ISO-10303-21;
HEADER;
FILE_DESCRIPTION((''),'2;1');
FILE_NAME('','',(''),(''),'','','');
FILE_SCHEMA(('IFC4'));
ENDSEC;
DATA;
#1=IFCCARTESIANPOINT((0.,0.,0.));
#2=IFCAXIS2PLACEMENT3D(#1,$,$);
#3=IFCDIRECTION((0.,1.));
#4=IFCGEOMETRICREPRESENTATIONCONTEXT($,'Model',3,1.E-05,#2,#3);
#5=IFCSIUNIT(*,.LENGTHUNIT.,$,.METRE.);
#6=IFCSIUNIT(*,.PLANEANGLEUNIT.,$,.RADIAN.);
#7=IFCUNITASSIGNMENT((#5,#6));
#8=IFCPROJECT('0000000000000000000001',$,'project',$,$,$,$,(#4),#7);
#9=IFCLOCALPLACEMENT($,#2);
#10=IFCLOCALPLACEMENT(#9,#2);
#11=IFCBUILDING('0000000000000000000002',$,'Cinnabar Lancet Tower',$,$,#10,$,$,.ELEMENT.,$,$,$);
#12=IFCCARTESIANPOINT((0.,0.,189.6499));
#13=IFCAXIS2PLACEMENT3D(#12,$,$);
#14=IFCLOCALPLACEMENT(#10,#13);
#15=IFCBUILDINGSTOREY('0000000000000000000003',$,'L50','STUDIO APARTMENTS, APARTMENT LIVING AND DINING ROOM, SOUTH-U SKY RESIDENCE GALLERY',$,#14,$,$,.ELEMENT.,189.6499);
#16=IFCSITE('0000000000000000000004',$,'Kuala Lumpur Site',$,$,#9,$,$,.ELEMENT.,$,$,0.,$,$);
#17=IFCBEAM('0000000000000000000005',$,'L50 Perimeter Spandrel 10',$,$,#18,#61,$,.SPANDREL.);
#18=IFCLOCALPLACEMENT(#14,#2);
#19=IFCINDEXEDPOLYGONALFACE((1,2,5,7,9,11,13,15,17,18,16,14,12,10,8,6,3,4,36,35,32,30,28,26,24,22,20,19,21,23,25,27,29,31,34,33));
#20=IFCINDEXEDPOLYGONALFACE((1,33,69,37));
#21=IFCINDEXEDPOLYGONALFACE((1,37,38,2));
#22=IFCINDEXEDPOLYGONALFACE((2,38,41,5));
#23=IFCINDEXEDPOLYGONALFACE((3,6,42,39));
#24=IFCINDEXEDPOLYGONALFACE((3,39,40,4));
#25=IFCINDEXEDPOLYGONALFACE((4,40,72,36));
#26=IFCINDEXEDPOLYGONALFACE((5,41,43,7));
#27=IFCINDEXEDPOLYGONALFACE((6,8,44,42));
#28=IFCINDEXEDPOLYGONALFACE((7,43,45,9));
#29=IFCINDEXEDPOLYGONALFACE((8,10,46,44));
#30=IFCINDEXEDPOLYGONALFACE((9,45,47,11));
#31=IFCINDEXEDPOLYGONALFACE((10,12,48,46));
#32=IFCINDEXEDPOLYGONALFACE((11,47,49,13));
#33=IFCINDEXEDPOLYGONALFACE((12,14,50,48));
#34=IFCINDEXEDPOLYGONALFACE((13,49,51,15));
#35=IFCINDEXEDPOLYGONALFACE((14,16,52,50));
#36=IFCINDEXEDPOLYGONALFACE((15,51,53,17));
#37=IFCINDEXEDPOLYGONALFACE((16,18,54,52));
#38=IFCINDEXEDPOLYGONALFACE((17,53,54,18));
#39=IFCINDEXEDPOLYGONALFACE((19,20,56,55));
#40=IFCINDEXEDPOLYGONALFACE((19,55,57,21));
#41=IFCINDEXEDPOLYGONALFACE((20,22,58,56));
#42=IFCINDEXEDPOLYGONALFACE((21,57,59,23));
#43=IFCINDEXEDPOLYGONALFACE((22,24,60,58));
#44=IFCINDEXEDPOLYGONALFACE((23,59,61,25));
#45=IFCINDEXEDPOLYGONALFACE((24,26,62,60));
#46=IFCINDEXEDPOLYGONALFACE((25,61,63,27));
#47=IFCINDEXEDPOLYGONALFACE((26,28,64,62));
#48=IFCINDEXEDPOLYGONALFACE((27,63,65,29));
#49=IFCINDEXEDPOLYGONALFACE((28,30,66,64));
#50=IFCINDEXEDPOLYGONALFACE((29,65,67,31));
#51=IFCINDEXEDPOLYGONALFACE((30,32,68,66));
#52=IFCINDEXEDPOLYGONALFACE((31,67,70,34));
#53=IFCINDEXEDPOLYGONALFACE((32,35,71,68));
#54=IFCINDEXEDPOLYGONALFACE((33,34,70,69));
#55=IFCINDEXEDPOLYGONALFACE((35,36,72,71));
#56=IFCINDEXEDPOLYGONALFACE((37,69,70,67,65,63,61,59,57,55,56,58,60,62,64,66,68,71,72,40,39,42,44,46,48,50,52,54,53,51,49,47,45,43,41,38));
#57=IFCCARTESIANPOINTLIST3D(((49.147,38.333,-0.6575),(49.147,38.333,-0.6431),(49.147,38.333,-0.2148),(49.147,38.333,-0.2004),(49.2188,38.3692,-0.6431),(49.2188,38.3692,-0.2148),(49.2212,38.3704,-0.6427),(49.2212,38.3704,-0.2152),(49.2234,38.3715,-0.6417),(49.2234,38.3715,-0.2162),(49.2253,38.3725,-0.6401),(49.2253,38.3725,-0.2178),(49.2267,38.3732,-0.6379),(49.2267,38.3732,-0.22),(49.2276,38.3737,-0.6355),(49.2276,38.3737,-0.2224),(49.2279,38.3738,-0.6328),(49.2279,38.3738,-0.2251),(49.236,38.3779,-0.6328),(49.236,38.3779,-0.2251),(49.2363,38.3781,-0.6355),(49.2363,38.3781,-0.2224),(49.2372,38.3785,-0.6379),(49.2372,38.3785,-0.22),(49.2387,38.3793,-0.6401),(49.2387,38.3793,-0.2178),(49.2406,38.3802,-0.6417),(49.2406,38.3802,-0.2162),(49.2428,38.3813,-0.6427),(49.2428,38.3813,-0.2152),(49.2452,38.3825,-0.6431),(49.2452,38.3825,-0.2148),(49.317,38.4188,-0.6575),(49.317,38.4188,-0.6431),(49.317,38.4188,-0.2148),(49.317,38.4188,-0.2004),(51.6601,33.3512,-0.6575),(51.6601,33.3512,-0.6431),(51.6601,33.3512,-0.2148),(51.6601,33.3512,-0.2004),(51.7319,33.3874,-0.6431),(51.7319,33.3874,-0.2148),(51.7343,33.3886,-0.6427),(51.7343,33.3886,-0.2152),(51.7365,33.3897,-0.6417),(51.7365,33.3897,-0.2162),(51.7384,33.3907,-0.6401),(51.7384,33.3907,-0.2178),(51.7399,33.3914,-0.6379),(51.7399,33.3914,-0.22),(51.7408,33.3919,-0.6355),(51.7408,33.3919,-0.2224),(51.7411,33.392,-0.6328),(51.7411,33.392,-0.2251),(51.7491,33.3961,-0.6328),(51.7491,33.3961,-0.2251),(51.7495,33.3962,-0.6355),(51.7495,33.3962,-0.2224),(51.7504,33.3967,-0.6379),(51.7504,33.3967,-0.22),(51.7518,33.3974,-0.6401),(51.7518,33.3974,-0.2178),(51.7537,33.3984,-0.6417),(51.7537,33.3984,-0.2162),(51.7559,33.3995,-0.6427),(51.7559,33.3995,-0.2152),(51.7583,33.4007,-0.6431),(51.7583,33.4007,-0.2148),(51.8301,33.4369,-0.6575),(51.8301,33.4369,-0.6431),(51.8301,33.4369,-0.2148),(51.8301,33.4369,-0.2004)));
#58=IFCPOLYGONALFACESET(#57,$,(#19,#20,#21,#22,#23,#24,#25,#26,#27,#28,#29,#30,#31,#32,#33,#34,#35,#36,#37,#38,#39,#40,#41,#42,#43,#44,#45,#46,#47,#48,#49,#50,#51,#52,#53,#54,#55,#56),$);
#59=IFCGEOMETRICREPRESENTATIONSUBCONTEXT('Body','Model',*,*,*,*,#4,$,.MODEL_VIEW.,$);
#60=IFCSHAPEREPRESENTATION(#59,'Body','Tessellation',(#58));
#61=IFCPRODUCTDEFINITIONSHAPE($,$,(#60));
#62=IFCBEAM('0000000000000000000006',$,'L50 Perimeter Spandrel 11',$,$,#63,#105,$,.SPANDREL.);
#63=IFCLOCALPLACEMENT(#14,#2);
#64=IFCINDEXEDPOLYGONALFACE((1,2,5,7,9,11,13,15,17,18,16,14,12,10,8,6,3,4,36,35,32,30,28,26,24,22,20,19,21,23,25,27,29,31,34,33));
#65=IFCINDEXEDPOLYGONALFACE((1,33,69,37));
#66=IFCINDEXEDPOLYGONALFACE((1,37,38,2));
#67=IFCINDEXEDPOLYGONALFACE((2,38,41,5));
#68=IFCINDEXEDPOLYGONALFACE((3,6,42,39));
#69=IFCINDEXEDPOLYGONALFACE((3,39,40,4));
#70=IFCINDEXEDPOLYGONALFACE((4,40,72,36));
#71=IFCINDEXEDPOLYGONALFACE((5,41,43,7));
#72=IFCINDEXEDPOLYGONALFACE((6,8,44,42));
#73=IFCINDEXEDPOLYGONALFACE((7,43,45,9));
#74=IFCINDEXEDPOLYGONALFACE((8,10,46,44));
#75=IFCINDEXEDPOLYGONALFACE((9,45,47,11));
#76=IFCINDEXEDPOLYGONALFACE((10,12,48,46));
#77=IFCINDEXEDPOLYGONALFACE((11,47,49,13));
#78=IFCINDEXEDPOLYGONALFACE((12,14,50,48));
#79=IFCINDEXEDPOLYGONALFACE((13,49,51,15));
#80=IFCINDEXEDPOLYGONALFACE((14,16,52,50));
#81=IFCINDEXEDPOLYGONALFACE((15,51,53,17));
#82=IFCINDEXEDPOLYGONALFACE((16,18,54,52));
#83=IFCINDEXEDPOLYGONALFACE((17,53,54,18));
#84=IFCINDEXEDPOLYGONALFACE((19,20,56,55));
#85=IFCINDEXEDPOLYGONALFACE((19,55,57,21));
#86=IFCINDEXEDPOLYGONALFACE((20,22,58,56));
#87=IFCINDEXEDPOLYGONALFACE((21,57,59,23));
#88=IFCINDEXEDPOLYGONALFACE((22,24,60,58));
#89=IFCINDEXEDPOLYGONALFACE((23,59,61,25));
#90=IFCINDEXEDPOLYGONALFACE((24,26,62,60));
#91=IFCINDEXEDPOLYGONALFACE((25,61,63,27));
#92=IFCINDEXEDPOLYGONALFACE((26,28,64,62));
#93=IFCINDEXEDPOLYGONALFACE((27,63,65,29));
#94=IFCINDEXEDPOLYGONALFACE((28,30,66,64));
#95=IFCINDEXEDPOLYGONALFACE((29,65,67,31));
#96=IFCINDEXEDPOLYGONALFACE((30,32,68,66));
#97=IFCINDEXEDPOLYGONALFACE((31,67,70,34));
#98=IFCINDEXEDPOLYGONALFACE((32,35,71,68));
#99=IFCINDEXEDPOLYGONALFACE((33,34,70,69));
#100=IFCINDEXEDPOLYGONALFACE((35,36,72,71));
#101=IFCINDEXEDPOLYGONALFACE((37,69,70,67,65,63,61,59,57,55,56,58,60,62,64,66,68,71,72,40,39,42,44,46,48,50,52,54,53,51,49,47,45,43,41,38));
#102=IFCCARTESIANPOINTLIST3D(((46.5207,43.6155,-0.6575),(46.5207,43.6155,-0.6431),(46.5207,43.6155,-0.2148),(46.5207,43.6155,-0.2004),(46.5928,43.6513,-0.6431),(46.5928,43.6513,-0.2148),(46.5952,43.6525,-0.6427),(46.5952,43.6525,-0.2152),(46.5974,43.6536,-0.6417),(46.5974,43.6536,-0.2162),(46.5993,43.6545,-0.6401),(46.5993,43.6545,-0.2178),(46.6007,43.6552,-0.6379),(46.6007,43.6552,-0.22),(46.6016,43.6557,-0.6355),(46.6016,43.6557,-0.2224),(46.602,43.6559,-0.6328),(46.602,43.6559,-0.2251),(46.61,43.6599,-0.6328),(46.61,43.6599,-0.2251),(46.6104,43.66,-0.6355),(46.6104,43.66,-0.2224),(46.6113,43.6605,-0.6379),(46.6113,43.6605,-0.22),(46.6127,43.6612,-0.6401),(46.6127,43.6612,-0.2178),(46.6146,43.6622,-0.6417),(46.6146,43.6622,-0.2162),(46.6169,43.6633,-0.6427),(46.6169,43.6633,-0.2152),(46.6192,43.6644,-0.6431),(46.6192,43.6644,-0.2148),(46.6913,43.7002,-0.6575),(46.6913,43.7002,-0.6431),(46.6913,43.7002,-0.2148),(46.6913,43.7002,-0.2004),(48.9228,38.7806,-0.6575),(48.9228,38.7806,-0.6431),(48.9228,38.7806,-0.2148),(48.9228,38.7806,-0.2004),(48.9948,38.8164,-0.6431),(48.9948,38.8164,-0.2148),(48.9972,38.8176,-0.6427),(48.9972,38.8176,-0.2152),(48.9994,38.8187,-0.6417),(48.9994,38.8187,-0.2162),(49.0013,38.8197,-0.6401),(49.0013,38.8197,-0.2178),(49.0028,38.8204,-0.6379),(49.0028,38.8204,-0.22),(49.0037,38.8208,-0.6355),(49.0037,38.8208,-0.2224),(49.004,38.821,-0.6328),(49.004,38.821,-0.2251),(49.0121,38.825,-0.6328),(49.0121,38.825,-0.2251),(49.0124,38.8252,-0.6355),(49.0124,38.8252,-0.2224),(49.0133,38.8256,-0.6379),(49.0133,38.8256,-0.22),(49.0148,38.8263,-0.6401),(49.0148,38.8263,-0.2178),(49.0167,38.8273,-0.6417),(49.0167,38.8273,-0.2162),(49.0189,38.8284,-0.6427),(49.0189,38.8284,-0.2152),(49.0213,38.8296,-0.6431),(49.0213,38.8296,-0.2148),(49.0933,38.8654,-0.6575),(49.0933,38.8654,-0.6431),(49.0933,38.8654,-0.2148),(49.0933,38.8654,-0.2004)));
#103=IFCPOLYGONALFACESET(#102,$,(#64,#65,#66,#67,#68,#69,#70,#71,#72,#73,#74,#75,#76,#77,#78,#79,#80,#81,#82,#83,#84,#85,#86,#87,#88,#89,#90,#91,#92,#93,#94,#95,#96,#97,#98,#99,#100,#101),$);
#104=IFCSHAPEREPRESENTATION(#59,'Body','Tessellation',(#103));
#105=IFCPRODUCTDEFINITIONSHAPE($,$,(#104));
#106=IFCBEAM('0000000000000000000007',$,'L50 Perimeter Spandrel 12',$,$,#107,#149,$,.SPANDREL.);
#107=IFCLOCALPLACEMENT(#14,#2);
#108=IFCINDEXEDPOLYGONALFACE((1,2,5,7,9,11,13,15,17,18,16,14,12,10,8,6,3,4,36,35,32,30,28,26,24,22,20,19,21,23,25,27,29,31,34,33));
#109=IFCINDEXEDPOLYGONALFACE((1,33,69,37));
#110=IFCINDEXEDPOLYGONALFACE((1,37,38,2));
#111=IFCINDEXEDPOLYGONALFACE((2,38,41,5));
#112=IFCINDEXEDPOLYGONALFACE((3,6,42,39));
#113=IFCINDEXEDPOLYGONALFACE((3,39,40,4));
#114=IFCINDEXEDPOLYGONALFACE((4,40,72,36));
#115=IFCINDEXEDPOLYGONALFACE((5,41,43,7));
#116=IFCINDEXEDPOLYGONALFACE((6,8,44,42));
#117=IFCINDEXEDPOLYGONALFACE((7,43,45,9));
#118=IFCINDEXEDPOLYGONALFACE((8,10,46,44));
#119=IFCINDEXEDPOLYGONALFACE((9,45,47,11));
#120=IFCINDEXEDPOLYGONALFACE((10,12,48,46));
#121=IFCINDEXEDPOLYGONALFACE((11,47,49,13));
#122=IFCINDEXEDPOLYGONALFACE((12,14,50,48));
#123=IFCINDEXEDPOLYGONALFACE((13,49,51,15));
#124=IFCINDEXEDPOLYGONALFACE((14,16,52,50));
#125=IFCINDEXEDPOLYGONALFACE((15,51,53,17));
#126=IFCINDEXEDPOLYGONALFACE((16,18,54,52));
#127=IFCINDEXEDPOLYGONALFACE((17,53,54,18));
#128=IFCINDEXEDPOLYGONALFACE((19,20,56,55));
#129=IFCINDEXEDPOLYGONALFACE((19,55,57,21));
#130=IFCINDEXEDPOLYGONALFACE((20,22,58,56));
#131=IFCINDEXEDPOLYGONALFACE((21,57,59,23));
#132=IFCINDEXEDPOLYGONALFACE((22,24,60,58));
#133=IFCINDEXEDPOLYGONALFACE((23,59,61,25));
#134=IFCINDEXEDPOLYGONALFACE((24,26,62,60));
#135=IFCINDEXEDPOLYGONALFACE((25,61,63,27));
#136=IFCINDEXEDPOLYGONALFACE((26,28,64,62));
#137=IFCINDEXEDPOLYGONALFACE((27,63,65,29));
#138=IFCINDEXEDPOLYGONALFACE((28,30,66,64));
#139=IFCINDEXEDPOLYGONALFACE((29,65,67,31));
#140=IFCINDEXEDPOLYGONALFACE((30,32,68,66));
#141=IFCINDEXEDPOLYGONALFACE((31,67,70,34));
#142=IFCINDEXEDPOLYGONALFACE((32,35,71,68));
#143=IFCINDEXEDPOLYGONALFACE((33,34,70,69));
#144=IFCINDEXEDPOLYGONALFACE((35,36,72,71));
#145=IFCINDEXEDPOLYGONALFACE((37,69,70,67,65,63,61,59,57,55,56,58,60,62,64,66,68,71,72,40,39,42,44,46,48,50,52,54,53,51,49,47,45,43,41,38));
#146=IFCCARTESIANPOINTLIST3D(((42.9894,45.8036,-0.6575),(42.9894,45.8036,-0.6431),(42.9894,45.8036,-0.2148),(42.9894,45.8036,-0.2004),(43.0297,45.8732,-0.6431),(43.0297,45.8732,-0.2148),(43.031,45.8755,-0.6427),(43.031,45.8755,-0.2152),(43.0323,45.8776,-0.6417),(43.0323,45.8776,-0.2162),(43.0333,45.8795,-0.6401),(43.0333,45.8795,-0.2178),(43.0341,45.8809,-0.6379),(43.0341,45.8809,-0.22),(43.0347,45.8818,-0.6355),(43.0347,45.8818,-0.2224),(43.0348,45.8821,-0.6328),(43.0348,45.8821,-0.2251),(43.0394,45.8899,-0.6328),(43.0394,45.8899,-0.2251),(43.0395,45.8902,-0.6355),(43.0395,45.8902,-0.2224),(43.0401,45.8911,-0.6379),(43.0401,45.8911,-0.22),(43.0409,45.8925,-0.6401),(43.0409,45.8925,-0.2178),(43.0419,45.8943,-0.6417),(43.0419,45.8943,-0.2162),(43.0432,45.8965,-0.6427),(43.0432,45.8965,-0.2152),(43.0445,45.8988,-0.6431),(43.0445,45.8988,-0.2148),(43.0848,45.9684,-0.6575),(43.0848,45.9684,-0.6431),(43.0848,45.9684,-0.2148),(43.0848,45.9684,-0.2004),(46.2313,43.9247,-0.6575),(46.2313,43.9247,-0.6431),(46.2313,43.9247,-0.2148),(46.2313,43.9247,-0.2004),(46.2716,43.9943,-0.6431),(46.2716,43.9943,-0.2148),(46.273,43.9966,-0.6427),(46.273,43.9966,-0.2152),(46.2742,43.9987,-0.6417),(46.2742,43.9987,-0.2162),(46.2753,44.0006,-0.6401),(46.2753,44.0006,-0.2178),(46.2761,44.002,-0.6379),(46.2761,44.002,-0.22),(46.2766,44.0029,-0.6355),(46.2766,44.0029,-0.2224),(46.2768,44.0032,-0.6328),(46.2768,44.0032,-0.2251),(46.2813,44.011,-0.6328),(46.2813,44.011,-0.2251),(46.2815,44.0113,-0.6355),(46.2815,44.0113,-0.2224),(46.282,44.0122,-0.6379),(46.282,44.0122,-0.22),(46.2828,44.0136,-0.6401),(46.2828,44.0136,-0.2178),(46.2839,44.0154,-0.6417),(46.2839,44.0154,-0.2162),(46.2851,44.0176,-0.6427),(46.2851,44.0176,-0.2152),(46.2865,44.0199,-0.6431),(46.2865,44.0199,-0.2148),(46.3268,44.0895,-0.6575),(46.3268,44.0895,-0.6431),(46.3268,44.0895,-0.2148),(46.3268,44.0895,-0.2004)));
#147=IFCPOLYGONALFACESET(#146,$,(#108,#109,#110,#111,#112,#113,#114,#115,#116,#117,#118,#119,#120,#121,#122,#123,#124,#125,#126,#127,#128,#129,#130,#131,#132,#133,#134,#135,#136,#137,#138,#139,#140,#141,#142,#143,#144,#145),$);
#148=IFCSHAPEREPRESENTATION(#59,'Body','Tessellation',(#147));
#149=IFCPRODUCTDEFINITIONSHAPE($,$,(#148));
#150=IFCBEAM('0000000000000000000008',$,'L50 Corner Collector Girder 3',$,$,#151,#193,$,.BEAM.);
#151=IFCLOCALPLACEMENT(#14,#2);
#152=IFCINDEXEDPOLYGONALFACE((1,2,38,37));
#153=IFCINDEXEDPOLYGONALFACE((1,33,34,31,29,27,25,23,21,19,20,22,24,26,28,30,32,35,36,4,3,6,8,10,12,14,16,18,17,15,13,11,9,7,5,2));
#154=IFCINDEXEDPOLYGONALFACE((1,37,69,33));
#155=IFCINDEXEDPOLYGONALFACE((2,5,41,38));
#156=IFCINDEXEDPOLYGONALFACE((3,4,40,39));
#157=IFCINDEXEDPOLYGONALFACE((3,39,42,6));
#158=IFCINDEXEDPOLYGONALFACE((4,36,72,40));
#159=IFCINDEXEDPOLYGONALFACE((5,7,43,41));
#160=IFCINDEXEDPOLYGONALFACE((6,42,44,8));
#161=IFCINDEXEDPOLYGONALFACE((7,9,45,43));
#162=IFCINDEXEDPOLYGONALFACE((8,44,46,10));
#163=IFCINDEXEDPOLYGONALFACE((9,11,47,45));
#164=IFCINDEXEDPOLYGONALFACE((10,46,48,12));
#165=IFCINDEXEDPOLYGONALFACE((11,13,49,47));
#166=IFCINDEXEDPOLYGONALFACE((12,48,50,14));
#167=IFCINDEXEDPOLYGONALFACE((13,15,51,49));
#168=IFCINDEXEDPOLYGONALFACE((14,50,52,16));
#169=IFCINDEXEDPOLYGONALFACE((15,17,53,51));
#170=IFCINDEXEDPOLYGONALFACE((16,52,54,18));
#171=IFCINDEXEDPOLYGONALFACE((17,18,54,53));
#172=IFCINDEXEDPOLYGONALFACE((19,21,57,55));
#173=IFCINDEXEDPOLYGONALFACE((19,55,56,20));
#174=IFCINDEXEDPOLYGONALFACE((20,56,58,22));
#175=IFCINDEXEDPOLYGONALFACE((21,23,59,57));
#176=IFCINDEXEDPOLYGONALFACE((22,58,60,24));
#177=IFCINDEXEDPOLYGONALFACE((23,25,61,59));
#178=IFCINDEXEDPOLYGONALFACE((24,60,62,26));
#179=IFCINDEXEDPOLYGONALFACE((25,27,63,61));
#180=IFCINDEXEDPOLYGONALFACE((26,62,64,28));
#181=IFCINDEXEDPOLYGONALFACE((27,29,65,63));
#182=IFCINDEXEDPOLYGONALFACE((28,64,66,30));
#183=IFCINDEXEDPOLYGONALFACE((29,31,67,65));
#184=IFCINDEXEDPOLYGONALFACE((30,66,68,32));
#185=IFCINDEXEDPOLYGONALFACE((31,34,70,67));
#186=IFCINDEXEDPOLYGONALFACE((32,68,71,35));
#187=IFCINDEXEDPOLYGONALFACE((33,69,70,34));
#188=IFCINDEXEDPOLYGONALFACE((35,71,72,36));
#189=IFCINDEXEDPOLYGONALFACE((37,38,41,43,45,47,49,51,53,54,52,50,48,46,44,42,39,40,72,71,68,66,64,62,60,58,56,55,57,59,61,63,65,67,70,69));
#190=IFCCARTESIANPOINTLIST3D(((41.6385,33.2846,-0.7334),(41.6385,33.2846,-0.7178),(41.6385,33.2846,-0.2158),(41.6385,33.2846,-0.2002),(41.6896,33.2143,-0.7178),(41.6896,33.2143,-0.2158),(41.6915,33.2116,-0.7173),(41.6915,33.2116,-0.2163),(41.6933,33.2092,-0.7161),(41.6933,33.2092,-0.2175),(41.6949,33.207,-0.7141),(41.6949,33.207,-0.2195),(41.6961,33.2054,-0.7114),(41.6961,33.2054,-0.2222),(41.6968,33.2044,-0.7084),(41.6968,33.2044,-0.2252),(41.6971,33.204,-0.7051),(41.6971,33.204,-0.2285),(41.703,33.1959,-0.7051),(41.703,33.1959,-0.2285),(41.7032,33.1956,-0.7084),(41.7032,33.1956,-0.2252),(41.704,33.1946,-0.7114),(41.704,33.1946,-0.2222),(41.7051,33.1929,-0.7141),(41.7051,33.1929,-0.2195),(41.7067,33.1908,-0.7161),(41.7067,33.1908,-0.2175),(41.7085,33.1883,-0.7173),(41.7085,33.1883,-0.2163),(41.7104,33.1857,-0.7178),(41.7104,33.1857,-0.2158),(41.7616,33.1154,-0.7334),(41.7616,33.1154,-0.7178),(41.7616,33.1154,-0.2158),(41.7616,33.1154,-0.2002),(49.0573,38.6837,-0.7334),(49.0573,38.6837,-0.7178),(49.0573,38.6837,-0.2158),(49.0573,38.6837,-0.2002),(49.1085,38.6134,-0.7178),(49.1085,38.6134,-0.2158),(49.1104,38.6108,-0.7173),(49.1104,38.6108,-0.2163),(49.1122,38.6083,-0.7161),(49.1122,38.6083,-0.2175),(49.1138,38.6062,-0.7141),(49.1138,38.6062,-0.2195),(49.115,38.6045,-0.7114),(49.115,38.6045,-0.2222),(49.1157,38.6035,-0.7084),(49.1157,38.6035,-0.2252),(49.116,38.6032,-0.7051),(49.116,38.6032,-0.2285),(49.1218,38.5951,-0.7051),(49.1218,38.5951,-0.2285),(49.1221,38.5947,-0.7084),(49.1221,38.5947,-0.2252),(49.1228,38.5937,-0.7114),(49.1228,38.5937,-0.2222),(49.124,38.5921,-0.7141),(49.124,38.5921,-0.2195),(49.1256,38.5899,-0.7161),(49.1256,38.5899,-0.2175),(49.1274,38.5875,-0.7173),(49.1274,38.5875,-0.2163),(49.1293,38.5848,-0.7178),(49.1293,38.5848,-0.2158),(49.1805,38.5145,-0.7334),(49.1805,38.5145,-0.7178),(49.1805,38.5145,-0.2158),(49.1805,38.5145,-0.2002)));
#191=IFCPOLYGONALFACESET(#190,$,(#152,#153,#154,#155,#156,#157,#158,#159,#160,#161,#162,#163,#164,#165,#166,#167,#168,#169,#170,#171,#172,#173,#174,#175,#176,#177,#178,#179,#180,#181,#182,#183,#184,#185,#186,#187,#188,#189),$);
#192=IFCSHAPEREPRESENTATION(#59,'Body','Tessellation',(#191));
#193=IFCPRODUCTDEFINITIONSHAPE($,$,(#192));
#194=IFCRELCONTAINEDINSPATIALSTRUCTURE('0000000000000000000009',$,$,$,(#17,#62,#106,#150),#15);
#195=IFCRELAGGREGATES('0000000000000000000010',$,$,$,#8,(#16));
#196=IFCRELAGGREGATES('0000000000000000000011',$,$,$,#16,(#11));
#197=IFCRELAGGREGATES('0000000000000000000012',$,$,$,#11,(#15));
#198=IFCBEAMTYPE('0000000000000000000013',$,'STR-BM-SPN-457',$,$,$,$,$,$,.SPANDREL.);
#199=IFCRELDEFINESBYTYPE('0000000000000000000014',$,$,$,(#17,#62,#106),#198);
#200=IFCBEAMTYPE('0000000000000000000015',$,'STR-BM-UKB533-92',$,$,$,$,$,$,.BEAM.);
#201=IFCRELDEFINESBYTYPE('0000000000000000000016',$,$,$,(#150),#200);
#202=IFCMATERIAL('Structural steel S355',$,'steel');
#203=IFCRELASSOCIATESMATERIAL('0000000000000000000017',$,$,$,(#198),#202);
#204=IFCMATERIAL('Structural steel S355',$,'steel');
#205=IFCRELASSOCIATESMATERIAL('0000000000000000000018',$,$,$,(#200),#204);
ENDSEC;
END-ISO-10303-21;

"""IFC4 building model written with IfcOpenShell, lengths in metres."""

from ifc_helpers import new_model, si_unit, direction, frame, origin, origin_2d, place, context, subcontext, project, spatial, i_section, extrude, material, material_profile, profile_set, type_object, element, save


model = new_model("IFC4")

# Units and contexts
model_context = context("Model", 3, precision=1e-05, world=origin(), true_north=direction((0.0, 1.0)))
body_context = subcontext(model_context, "Body", "Model", "MODEL_VIEW")
ifc_project = project(units=[si_unit("LENGTHUNIT", "METRE"), si_unit("PLANEANGLEUNIT", "RADIAN")], contexts=[model_context])

# Site, building, storey
site_placement = place(None, origin())
site = spatial("IfcSite", under=ifc_project, at=site_placement, Name="Kuala Lumpur Site", CompositionType="ELEMENT", RefElevation=0.0)
building_placement = place(site_placement, origin())
building = spatial("IfcBuilding", under=site, at=building_placement, Name="Cinnabar Lancet Tower", CompositionType="ELEMENT")
storey_placement = place(building_placement, frame((0.0, 0.0, 189.6499)))
storey = spatial("IfcBuildingStorey", under=building, at=storey_placement, Name="L50", Description="STUDIO APARTMENTS, APARTMENT LIVING AND DINING ROOM, SOUTH-U SKY RESIDENCE GALLERY", CompositionType="ELEMENT", Elevation=189.6499)

# Beams
ifc_material_1 = material(Name="Structural steel S355", Category="steel")
ifc_material_profile_1 = material_profile(ifc_material_1, i_section(OverallWidth=0.1904, OverallDepth=0.457, WebThickness=0.009, FlangeThickness=0.0144, FilletRadius=0.0103, at=origin_2d()), Name="UKB 457x191x74")
ifc_profile_set_1 = profile_set([ifc_material_profile_1], Name="Structural steel S355")
beam_type_1 = type_object("IfcBeamType", Name="STR-BM-SPN-457", PredefinedType="SPANDREL", material=ifc_profile_set_1)
beam_1_placement = place(storey_placement, frame((51.7451, 33.394, -0.429), z_axis=(-0.450396, 0.892829, 0.0), x_axis=(-0.892829, -0.450396, 0.0)))
element("IfcBeam", 1, at=beam_1_placement, inside=storey, type_object=beam_type_1, Name="L50 Perimeter Spandrel 10", PredefinedType="SPANDREL", context=body_context, shape_type="SweptSolid", body=[
    extrude(i_section(OverallWidth=0.1904, OverallDepth=0.457, WebThickness=0.009, FlangeThickness=0.0144, FilletRadius=0.0103, at=origin_2d()), origin(), (0.0, 0.0, 1.0), 5.5798),
])
beam_2_placement = place(storey_placement, frame((49.0081, 38.823, -0.429), z_axis=(-0.444933, 0.895564, 0.0), x_axis=(-0.895564, -0.444933, 0.0)))
element("IfcBeam", 2, at=beam_2_placement, inside=storey, type_object=beam_type_1, Name="L50 Perimeter Spandrel 11", PredefinedType="SPANDREL", context=body_context, shape_type="SweptSolid", body=[
    extrude(i_section(OverallWidth=0.1904, OverallDepth=0.457, WebThickness=0.009, FlangeThickness=0.0144, FilletRadius=0.0103, at=origin_2d()), origin(), (0.0, 0.0, 1.0), 5.3987),
])
beam_3_placement = place(storey_placement, frame((46.2791, 44.0071, -0.429), z_axis=(-0.865196, 0.501434, 0.0), x_axis=(-0.501434, -0.865196, 0.0)))
element("IfcBeam", 3, at=beam_3_placement, inside=storey, type_object=beam_type_1, Name="L50 Perimeter Spandrel 12", PredefinedType="SPANDREL", context=body_context, shape_type="SweptSolid", body=[
    extrude(i_section(OverallWidth=0.1904, OverallDepth=0.457, WebThickness=0.009, FlangeThickness=0.0144, FilletRadius=0.0103, at=origin_2d()), origin(), (0.0, 0.0, 1.0), 3.7471),
])
ifc_material_2 = material(Name="Structural steel S355", Category="steel")
ifc_material_profile_2 = material_profile(ifc_material_2, i_section(OverallWidth=0.2092, OverallDepth=0.5332, WebThickness=0.01, FlangeThickness=0.0156, FilletRadius=0.0127, at=origin_2d()), Name="UKB 533x210x92")
ifc_profile_set_2 = profile_set([ifc_material_profile_2], Name="Structural steel S355")
beam_type_2 = type_object("IfcBeamType", Name="STR-BM-UKB533-92", PredefinedType="BEAM", material=ifc_profile_set_2)
beam_4_placement = place(storey_placement, frame((49.1189, 38.5991, -0.4668), z_axis=(-0.808551, -0.588426, 0.0), x_axis=(0.588426, -0.808551, 0.0)))
element("IfcBeam", 4, at=beam_4_placement, inside=storey, type_object=beam_type_2, Name="L50 Corner Collector Girder 3", PredefinedType="BEAM", context=body_context, shape_type="SweptSolid", body=[
    extrude(i_section(OverallWidth=0.2092, OverallDepth=0.5332, WebThickness=0.01, FlangeThickness=0.0156, FilletRadius=0.0127, at=origin_2d()), origin(), (0.0, 0.0, 1.0), 9.1755),
])

save(model, "model.ifc")
